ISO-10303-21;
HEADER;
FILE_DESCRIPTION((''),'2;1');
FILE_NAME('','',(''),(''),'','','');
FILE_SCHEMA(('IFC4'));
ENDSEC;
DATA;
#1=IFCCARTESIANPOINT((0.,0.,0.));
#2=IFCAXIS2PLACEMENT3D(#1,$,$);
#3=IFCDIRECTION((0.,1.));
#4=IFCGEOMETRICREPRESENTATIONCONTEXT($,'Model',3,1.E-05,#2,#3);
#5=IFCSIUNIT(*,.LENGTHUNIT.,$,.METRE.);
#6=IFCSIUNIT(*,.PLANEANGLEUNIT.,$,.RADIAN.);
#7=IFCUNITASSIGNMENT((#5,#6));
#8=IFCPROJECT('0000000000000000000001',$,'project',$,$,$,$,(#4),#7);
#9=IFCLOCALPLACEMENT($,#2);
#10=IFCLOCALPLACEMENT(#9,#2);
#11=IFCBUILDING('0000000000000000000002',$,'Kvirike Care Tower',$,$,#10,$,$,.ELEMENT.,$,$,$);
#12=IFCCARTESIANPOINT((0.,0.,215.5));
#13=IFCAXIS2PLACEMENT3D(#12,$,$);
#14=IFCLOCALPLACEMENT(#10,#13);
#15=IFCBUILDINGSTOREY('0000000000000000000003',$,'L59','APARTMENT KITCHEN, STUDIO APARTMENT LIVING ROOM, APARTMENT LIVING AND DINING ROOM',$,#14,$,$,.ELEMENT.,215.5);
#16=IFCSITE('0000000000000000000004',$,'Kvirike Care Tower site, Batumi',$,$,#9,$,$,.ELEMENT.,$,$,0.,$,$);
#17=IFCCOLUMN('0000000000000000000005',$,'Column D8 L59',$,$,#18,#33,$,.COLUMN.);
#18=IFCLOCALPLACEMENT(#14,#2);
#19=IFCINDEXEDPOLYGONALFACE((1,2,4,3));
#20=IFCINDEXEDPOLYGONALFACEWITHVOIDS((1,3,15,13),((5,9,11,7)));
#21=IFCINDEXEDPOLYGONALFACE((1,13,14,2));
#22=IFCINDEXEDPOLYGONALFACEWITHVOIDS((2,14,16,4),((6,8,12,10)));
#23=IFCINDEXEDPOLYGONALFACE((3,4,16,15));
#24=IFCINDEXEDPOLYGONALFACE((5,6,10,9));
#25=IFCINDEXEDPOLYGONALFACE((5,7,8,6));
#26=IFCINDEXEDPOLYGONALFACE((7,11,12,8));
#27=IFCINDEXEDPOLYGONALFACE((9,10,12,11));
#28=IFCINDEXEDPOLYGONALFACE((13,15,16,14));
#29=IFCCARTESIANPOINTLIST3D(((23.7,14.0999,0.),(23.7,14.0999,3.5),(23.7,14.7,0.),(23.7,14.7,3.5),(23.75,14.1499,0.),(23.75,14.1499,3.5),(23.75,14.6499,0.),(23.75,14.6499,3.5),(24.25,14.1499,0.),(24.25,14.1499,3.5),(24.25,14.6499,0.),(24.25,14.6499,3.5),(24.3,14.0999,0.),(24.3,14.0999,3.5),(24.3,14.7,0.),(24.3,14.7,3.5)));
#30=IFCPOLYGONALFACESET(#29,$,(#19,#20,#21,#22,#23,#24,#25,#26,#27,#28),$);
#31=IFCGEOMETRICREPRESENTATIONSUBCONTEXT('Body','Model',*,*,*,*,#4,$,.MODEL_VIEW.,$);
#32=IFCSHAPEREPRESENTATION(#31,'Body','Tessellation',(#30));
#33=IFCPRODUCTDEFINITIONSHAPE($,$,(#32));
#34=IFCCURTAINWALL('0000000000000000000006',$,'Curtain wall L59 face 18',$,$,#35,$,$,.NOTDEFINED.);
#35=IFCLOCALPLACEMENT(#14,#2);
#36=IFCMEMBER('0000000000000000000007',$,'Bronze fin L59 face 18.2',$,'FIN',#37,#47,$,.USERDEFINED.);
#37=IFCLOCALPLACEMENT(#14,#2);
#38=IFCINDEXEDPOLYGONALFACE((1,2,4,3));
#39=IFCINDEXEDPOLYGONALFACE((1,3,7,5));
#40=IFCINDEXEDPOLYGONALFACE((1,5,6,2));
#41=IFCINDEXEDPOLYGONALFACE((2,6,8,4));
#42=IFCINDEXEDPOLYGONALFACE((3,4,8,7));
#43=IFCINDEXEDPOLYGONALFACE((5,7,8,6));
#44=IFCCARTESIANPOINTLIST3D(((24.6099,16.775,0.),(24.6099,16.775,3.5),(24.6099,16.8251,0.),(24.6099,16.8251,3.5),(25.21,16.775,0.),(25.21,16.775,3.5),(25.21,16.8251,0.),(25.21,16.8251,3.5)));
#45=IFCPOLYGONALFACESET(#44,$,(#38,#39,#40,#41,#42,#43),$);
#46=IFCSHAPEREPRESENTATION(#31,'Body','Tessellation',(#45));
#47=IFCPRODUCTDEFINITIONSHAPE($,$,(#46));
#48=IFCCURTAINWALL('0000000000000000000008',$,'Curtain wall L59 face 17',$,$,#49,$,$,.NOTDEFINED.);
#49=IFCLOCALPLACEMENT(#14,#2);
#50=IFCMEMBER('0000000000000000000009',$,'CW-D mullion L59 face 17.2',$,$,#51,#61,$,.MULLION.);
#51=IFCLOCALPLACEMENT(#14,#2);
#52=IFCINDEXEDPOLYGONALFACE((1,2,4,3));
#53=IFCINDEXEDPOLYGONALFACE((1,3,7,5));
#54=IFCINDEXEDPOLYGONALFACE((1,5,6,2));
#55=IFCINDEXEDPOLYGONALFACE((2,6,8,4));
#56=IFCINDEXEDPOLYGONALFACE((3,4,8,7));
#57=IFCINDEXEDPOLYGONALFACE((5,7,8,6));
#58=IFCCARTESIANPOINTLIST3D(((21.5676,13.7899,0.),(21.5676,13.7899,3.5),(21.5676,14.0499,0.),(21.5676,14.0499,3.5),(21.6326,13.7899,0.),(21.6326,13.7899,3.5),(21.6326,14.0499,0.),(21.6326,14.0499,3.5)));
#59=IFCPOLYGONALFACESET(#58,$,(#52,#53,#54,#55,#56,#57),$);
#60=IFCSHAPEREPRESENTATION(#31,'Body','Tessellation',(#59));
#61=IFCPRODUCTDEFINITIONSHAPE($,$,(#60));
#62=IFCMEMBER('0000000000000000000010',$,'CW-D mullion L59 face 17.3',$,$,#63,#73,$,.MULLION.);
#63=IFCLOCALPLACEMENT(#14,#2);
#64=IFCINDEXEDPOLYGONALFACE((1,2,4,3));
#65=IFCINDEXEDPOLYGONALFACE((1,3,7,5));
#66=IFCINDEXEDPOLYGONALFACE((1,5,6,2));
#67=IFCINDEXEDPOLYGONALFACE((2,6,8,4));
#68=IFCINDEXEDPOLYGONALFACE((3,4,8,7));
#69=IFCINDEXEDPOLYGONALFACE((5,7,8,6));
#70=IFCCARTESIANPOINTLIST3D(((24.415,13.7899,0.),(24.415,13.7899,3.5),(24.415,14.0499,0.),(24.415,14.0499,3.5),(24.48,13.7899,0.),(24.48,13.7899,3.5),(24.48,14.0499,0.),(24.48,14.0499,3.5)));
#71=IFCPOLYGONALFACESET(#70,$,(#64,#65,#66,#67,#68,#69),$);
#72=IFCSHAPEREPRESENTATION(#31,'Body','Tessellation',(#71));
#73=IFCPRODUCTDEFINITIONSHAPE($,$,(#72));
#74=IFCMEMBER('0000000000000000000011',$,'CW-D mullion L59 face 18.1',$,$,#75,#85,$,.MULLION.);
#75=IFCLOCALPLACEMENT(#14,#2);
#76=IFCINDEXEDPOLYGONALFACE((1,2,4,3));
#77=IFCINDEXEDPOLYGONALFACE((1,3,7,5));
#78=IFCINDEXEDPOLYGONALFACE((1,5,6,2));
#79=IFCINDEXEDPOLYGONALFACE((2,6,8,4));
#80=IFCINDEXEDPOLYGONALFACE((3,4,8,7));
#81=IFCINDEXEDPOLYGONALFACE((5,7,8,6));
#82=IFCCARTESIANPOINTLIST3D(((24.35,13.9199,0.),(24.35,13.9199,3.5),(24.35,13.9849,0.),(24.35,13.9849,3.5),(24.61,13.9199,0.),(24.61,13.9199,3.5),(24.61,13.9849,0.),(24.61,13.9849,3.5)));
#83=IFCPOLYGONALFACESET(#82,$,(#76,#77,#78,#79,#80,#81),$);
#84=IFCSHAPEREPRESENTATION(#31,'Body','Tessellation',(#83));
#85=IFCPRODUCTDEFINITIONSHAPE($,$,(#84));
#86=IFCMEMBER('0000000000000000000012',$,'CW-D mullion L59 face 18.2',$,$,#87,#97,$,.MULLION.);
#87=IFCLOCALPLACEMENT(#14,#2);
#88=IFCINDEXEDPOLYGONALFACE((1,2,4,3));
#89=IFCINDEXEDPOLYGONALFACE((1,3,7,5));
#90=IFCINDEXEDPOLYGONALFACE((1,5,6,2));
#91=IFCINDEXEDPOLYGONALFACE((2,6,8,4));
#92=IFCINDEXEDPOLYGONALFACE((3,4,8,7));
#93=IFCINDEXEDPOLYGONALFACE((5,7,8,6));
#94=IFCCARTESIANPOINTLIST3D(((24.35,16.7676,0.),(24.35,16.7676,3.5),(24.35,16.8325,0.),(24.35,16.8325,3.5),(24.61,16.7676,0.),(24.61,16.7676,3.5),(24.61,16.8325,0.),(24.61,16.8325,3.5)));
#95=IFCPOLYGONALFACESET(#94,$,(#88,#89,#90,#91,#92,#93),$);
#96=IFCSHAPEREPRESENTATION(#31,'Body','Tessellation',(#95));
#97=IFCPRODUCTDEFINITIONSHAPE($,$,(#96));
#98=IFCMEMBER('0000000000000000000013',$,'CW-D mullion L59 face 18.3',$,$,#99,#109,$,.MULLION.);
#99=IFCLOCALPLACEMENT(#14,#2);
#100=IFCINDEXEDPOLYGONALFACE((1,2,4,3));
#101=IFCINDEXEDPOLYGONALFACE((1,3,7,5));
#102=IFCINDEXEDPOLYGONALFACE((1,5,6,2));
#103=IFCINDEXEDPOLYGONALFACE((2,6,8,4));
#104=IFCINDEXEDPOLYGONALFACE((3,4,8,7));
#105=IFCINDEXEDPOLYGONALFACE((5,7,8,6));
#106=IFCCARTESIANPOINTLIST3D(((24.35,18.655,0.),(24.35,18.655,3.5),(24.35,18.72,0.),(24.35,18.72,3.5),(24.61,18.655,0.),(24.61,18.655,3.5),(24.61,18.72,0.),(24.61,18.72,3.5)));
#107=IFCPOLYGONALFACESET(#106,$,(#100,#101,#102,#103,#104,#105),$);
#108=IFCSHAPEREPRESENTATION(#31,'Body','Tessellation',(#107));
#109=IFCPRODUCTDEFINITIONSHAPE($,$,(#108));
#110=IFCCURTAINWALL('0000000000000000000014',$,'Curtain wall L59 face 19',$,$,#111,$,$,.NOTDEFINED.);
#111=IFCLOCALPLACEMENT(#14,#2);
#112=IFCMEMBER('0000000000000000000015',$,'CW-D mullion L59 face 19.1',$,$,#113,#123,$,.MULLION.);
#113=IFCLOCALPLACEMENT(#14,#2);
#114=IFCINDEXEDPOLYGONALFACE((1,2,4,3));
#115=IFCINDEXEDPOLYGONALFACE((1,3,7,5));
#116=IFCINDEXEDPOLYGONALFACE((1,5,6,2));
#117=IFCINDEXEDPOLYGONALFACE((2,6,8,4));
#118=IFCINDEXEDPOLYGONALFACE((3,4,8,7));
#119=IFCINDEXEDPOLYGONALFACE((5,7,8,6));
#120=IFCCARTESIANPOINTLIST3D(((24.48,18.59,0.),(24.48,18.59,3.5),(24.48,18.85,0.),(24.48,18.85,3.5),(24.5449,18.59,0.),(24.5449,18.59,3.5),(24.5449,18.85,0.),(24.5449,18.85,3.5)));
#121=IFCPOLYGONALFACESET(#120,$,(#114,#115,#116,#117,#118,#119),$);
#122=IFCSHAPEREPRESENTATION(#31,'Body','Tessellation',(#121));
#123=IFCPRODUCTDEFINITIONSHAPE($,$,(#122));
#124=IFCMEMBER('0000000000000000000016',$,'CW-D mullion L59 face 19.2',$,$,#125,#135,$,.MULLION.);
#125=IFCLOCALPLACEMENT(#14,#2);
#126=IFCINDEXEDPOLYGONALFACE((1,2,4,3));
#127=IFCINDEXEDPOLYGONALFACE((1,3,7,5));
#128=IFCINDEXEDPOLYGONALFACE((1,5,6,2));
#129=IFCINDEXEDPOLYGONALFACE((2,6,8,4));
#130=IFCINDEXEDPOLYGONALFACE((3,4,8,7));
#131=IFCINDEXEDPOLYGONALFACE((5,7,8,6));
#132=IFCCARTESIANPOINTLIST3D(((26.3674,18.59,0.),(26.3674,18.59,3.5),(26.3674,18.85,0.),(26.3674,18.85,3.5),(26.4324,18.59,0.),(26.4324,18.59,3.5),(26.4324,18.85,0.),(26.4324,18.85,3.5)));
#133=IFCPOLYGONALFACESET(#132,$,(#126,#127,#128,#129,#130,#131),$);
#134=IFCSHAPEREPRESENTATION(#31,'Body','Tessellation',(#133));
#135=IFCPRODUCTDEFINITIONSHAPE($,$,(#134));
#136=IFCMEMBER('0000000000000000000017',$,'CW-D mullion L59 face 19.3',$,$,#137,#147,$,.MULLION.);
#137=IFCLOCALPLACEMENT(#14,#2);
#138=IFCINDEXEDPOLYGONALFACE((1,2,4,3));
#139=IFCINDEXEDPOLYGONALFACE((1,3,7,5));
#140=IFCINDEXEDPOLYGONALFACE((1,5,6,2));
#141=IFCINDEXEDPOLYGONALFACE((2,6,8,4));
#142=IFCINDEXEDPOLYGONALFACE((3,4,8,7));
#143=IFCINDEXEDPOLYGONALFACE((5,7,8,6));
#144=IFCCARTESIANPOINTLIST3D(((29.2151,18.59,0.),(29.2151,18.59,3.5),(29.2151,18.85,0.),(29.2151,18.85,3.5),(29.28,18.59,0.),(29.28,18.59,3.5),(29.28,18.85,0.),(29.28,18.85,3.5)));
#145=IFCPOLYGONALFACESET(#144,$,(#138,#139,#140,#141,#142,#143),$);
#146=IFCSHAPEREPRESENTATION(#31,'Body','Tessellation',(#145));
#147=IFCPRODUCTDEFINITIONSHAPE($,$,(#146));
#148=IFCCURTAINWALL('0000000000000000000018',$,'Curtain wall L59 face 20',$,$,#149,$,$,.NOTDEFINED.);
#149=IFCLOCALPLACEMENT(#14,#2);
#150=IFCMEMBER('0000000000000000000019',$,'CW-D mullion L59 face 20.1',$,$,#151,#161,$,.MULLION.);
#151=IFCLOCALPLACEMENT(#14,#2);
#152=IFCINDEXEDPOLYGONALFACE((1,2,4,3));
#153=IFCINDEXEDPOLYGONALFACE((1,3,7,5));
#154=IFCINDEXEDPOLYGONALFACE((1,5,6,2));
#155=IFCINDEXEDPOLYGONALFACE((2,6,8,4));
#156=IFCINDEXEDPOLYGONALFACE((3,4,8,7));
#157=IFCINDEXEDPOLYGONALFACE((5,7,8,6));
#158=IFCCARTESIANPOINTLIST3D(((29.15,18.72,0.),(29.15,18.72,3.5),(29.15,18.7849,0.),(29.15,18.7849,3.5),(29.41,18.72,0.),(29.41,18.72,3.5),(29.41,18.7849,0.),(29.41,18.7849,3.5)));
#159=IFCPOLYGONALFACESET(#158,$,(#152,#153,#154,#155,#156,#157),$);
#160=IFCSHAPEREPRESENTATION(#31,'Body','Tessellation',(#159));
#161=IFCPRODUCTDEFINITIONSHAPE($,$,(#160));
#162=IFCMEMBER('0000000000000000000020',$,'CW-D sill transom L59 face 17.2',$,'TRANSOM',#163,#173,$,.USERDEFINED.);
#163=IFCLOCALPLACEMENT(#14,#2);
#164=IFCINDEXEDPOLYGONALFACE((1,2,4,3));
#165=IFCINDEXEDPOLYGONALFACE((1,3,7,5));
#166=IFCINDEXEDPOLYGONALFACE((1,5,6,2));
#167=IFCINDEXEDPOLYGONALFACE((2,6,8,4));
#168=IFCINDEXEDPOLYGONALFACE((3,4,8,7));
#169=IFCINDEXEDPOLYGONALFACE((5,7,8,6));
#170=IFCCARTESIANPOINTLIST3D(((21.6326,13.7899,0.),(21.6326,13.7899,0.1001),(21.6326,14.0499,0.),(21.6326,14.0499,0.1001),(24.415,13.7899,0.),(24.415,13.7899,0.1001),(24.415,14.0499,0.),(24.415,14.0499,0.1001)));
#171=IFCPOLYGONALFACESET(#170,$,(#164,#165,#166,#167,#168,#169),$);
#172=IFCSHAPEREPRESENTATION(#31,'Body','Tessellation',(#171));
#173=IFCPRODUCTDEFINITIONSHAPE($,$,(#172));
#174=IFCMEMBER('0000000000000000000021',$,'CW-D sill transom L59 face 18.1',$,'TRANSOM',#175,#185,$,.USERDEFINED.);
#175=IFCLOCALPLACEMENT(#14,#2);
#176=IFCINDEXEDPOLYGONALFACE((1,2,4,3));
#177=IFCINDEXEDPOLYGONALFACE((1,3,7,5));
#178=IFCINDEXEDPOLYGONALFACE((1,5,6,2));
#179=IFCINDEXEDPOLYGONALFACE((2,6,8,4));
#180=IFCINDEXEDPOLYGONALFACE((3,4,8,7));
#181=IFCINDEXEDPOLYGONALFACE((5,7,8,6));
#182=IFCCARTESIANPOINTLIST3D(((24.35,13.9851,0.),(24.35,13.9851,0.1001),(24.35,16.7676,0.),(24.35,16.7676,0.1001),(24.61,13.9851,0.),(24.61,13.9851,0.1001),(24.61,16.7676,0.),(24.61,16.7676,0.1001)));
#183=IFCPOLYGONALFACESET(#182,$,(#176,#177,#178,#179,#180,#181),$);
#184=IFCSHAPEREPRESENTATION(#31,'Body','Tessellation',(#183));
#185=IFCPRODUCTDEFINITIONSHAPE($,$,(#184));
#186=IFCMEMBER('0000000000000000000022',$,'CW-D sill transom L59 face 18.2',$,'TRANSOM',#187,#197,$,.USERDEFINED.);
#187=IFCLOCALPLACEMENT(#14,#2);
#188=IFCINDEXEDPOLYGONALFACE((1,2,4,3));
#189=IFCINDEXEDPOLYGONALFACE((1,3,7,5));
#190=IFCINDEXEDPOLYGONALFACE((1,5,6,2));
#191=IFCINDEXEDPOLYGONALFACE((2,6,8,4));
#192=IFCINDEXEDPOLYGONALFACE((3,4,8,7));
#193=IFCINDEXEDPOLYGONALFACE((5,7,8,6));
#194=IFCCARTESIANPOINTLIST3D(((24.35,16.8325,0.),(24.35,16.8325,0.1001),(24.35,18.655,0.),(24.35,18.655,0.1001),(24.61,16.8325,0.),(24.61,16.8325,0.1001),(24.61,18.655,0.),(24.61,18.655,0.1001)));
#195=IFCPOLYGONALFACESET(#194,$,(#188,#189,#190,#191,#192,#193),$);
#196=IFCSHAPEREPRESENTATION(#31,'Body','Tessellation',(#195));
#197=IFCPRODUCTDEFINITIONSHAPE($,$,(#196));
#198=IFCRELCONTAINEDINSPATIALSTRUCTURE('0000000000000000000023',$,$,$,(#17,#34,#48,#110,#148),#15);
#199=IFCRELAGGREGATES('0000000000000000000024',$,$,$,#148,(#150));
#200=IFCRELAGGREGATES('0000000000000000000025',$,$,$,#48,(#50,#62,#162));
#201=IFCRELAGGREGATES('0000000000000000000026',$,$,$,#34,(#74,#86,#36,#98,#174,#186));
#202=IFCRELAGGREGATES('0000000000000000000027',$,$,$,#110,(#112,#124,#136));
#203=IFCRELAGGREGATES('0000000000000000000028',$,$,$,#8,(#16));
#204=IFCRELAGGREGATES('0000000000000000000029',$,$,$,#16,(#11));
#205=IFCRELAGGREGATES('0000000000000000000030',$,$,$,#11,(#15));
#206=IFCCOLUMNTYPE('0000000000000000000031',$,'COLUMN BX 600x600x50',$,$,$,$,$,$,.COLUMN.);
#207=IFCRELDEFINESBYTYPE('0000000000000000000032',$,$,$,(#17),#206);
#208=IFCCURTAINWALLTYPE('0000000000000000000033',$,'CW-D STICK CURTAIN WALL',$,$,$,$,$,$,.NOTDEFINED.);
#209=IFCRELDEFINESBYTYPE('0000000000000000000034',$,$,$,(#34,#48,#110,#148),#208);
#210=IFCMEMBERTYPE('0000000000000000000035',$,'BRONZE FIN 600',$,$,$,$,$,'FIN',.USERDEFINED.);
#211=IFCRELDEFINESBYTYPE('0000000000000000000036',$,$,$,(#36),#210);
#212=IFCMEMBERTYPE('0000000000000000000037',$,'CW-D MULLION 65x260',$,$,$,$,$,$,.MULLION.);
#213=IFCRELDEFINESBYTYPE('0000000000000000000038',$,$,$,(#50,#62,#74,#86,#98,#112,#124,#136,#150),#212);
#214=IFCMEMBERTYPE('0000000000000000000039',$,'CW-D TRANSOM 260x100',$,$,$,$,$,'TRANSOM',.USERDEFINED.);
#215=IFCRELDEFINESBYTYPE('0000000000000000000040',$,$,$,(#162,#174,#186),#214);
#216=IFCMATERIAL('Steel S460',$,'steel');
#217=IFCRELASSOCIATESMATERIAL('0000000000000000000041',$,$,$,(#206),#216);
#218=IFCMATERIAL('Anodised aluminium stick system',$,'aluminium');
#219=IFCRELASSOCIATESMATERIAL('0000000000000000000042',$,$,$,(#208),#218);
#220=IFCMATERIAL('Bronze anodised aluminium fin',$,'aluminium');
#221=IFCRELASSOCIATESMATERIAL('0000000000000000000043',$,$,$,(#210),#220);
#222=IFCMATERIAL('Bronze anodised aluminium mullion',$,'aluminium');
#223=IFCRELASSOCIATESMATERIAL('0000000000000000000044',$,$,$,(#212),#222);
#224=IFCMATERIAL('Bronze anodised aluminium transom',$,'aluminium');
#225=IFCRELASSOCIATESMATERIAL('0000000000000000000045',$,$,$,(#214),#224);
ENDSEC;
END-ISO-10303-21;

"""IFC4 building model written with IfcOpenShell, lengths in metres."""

from ifc_helpers import new_model, si_unit, direction, frame, origin, origin_2d, place, context, subcontext, project, spatial, rectangle, hollow_rectangle, extrude, material, material_profile, profile_set, type_object, element, aggregate, save


model = new_model("IFC4")

# Units and contexts
model_context = context("Model", 3, precision=1e-05, world=origin(), true_north=direction((0.0, 1.0)))
body_context = subcontext(model_context, "Body", "Model", "MODEL_VIEW")
ifc_project = project(units=[si_unit("LENGTHUNIT", "METRE"), si_unit("PLANEANGLEUNIT", "RADIAN")], contexts=[model_context])

# Site, building, storey
site_placement = place(None, origin())
site = spatial("IfcSite", under=ifc_project, at=site_placement, Name="Kvirike Care Tower site, Batumi", CompositionType="ELEMENT", RefElevation=0.0)
building_placement = place(site_placement, origin())
building = spatial("IfcBuilding", under=site, at=building_placement, Name="Kvirike Care Tower", CompositionType="ELEMENT")
storey_placement = place(building_placement, frame((0.0, 0.0, 215.5)))
storey = spatial("IfcBuildingStorey", under=building, at=storey_placement, Name="L59", Description="APARTMENT KITCHEN, STUDIO APARTMENT LIVING ROOM, APARTMENT LIVING AND DINING ROOM", CompositionType="ELEMENT", Elevation=215.5)

# Column
ifc_material_1 = material(Name="Steel S460", Category="steel")
ifc_material_profile_1 = material_profile(ifc_material_1, hollow_rectangle(XDim=0.6001, YDim=0.6001, WallThickness=0.05, at=origin_2d()), Name="BX 600x600x50")
ifc_profile_set_1 = profile_set([ifc_material_profile_1], Name="Steel S460")
column_type = type_object("IfcColumnType", Name="COLUMN BX 600x600x50", PredefinedType="COLUMN", material=ifc_profile_set_1)
column_placement = place(storey_placement, frame((24.0, 14.3999, 0.0), z_axis=(0.0, 0.0, 1.0), x_axis=(0.0, 1.0, 0.0)))
element("IfcColumn", 1, at=column_placement, inside=storey, type_object=column_type, Name="Column D8 L59", PredefinedType="COLUMN", context=body_context, shape_type="SweptSolid", body=[
    extrude(hollow_rectangle(XDim=0.6001, YDim=0.6001, WallThickness=0.05, at=origin_2d()), origin(), (0.0, 0.0, 1.0), 3.5),
])

# Curtain wall, member
ifc_material_2 = material(Name="Anodised aluminium stick system", Category="aluminium")
curtain_wall_type = type_object("IfcCurtainWallType", Name="CW-D STICK CURTAIN WALL", PredefinedType="NOTDEFINED", material=ifc_material_2)
curtain_wall_1_placement = place(storey_placement, origin())
curtain_wall_1 = element("IfcCurtainWall", 2, at=curtain_wall_1_placement, inside=storey, type_object=curtain_wall_type, Name="Curtain wall L59 face 18", PredefinedType="NOTDEFINED")
ifc_material_3 = material(Name="Bronze anodised aluminium fin", Category="aluminium")
ifc_material_profile_2 = material_profile(ifc_material_3, rectangle(XDim=0.05, YDim=0.6001, at=origin_2d()), Name="BRONZE FIN 600")
ifc_profile_set_2 = profile_set([ifc_material_profile_2], Name="Bronze anodised aluminium fin")
member_type_1 = type_object("IfcMemberType", Name="BRONZE FIN 600", ElementType="FIN", PredefinedType="USERDEFINED", material=ifc_profile_set_2)
member_1_placement = place(storey_placement, frame((24.9099, 16.8, 0.0), z_axis=(0.0, 0.0, 1.0), x_axis=(0.0, 1.0, 0.0)))
member_1 = element("IfcMember", 3, at=member_1_placement, type_object=member_type_1, Name="Bronze fin L59 face 18.2", ObjectType="FIN", PredefinedType="USERDEFINED", context=body_context, shape_type="SweptSolid", body=[
    extrude(rectangle(XDim=0.05, YDim=0.6001, at=origin_2d()), origin(), (0.0, 0.0, 1.0), 3.5),
])

# Curtain wall, members
curtain_wall_2_placement = place(storey_placement, origin())
curtain_wall_2 = element("IfcCurtainWall", 4, at=curtain_wall_2_placement, inside=storey, type_object=curtain_wall_type, Name="Curtain wall L59 face 17", PredefinedType="NOTDEFINED")
ifc_material_4 = material(Name="Bronze anodised aluminium mullion", Category="aluminium")
ifc_material_profile_3 = material_profile(ifc_material_4, rectangle(XDim=0.0649, YDim=0.26, at=origin_2d()), Name="CW-D MULLION 65x260")
ifc_profile_set_3 = profile_set([ifc_material_profile_3], Name="Bronze anodised aluminium mullion")
member_type_2 = type_object("IfcMemberType", Name="CW-D MULLION 65x260", PredefinedType="MULLION", material=ifc_profile_set_3)
member_2_placement = place(storey_placement, frame((21.6001, 13.9199, 0.0), z_axis=(0.0, 0.0, 1.0), x_axis=(1.0, 0.0, 0.0)))
member_2 = element("IfcMember", 5, at=member_2_placement, type_object=member_type_2, Name="CW-D mullion L59 face 17.2", PredefinedType="MULLION", context=body_context, shape_type="SweptSolid", body=[
    extrude(rectangle(XDim=0.0649, YDim=0.26, at=origin_2d()), origin(), (0.0, 0.0, 1.0), 3.5),
])
member_3_placement = place(storey_placement, frame((24.4475, 13.9199, 0.0), z_axis=(0.0, 0.0, 1.0), x_axis=(1.0, 0.0, 0.0)))
member_3 = element("IfcMember", 6, at=member_3_placement, type_object=member_type_2, Name="CW-D mullion L59 face 17.3", PredefinedType="MULLION", context=body_context, shape_type="SweptSolid", body=[
    extrude(rectangle(XDim=0.0649, YDim=0.26, at=origin_2d()), origin(), (0.0, 0.0, 1.0), 3.5),
])

# Members
member_4_placement = place(storey_placement, frame((24.48, 13.9524, 0.0), z_axis=(0.0, 0.0, 1.0), x_axis=(0.0, 1.0, 0.0)))
member_4 = element("IfcMember", 7, at=member_4_placement, type_object=member_type_2, Name="CW-D mullion L59 face 18.1", PredefinedType="MULLION", context=body_context, shape_type="SweptSolid", body=[
    extrude(rectangle(XDim=0.0649, YDim=0.26, at=origin_2d()), origin(), (0.0, 0.0, 1.0), 3.5),
])
member_5_placement = place(storey_placement, frame((24.48, 16.8, 0.0), z_axis=(0.0, 0.0, 1.0), x_axis=(0.0, 1.0, 0.0)))
member_5 = element("IfcMember", 8, at=member_5_placement, type_object=member_type_2, Name="CW-D mullion L59 face 18.2", PredefinedType="MULLION", context=body_context, shape_type="SweptSolid", body=[
    extrude(rectangle(XDim=0.0649, YDim=0.26, at=origin_2d()), origin(), (0.0, 0.0, 1.0), 3.5),
])
member_6_placement = place(storey_placement, frame((24.48, 18.6875, 0.0), z_axis=(0.0, 0.0, 1.0), x_axis=(0.0, 1.0, 0.0)))
member_6 = element("IfcMember", 9, at=member_6_placement, type_object=member_type_2, Name="CW-D mullion L59 face 18.3", PredefinedType="MULLION", context=body_context, shape_type="SweptSolid", body=[
    extrude(rectangle(XDim=0.0649, YDim=0.26, at=origin_2d()), origin(), (0.0, 0.0, 1.0), 3.5),
])

# Curtain wall, members
curtain_wall_3_placement = place(storey_placement, origin())
curtain_wall_3 = element("IfcCurtainWall", 10, at=curtain_wall_3_placement, inside=storey, type_object=curtain_wall_type, Name="Curtain wall L59 face 19", PredefinedType="NOTDEFINED")
member_7_placement = place(storey_placement, frame((24.5125, 18.72, 0.0), z_axis=(0.0, 0.0, 1.0), x_axis=(1.0, 0.0, 0.0)))
member_7 = element("IfcMember", 11, at=member_7_placement, type_object=member_type_2, Name="CW-D mullion L59 face 19.1", PredefinedType="MULLION", context=body_context, shape_type="SweptSolid", body=[
    extrude(rectangle(XDim=0.0649, YDim=0.26, at=origin_2d()), origin(), (0.0, 0.0, 1.0), 3.5),
])
member_8_placement = place(storey_placement, frame((26.3999, 18.72, 0.0), z_axis=(0.0, 0.0, 1.0), x_axis=(1.0, 0.0, 0.0)))
member_8 = element("IfcMember", 12, at=member_8_placement, type_object=member_type_2, Name="CW-D mullion L59 face 19.2", PredefinedType="MULLION", context=body_context, shape_type="SweptSolid", body=[
    extrude(rectangle(XDim=0.0649, YDim=0.26, at=origin_2d()), origin(), (0.0, 0.0, 1.0), 3.5),
])
member_9_placement = place(storey_placement, frame((29.2476, 18.72, 0.0), z_axis=(0.0, 0.0, 1.0), x_axis=(1.0, 0.0, 0.0)))
member_9 = element("IfcMember", 13, at=member_9_placement, type_object=member_type_2, Name="CW-D mullion L59 face 19.3", PredefinedType="MULLION", context=body_context, shape_type="SweptSolid", body=[
    extrude(rectangle(XDim=0.0649, YDim=0.26, at=origin_2d()), origin(), (0.0, 0.0, 1.0), 3.5),
])

# Curtain wall, member
curtain_wall_4_placement = place(storey_placement, origin())
curtain_wall_4 = element("IfcCurtainWall", 14, at=curtain_wall_4_placement, inside=storey, type_object=curtain_wall_type, Name="Curtain wall L59 face 20", PredefinedType="NOTDEFINED")
member_10_placement = place(storey_placement, frame((29.28, 18.7524, 0.0), z_axis=(0.0, 0.0, 1.0), x_axis=(0.0, 1.0, 0.0)))
member_10 = element("IfcMember", 15, at=member_10_placement, type_object=member_type_2, Name="CW-D mullion L59 face 20.1", PredefinedType="MULLION", context=body_context, shape_type="SweptSolid", body=[
    extrude(rectangle(XDim=0.0649, YDim=0.26, at=origin_2d()), origin(), (0.0, 0.0, 1.0), 3.5),
])
aggregate(curtain_wall_4, [member_10])

# Members
ifc_material_5 = material(Name="Bronze anodised aluminium transom", Category="aluminium")
ifc_material_profile_4 = material_profile(ifc_material_5, rectangle(XDim=0.26, YDim=0.1001, at=origin_2d()), Name="CW-D TRANSOM 260x100")
ifc_profile_set_4 = profile_set([ifc_material_profile_4], Name="Bronze anodised aluminium transom")
member_type_3 = type_object("IfcMemberType", Name="CW-D TRANSOM 260x100", ElementType="TRANSOM", PredefinedType="USERDEFINED", material=ifc_profile_set_4)
member_11_placement = place(storey_placement, frame((21.6326, 13.9199, 0.05), z_axis=(1.0, 0.0, 0.0), x_axis=(0.0, 1.0, 0.0)))
member_11 = element("IfcMember", 16, at=member_11_placement, type_object=member_type_3, Name="CW-D sill transom L59 face 17.2", ObjectType="TRANSOM", PredefinedType="USERDEFINED", context=body_context, shape_type="SweptSolid", body=[
    extrude(rectangle(XDim=0.26, YDim=0.1001, at=origin_2d()), origin(), (0.0, 0.0, 1.0), 2.7825),
])
member_12_placement = place(storey_placement, frame((24.48, 13.9851, 0.05), z_axis=(0.0, 1.0, 0.0), x_axis=(-1.0, 0.0, 0.0)))
member_12 = element("IfcMember", 17, at=member_12_placement, type_object=member_type_3, Name="CW-D sill transom L59 face 18.1", ObjectType="TRANSOM", PredefinedType="USERDEFINED", context=body_context, shape_type="SweptSolid", body=[
    extrude(rectangle(XDim=0.26, YDim=0.1001, at=origin_2d()), origin(), (0.0, 0.0, 1.0), 2.7825),
])
member_13_placement = place(storey_placement, frame((24.48, 16.8325, 0.05), z_axis=(0.0, 1.0, 0.0), x_axis=(-1.0, 0.0, 0.0)))
member_13 = element("IfcMember", 18, at=member_13_placement, type_object=member_type_3, Name="CW-D sill transom L59 face 18.2", ObjectType="TRANSOM", PredefinedType="USERDEFINED", context=body_context, shape_type="SweptSolid", body=[
    extrude(rectangle(XDim=0.26, YDim=0.1001, at=origin_2d()), origin(), (0.0, 0.0, 1.0), 1.8225),
])

aggregate(curtain_wall_2, [member_2, member_3, member_11])
aggregate(curtain_wall_1, [member_4, member_5, member_1, member_6, member_12, member_13])
aggregate(curtain_wall_3, [member_7, member_8, member_9])

save(model, "model.ifc")
